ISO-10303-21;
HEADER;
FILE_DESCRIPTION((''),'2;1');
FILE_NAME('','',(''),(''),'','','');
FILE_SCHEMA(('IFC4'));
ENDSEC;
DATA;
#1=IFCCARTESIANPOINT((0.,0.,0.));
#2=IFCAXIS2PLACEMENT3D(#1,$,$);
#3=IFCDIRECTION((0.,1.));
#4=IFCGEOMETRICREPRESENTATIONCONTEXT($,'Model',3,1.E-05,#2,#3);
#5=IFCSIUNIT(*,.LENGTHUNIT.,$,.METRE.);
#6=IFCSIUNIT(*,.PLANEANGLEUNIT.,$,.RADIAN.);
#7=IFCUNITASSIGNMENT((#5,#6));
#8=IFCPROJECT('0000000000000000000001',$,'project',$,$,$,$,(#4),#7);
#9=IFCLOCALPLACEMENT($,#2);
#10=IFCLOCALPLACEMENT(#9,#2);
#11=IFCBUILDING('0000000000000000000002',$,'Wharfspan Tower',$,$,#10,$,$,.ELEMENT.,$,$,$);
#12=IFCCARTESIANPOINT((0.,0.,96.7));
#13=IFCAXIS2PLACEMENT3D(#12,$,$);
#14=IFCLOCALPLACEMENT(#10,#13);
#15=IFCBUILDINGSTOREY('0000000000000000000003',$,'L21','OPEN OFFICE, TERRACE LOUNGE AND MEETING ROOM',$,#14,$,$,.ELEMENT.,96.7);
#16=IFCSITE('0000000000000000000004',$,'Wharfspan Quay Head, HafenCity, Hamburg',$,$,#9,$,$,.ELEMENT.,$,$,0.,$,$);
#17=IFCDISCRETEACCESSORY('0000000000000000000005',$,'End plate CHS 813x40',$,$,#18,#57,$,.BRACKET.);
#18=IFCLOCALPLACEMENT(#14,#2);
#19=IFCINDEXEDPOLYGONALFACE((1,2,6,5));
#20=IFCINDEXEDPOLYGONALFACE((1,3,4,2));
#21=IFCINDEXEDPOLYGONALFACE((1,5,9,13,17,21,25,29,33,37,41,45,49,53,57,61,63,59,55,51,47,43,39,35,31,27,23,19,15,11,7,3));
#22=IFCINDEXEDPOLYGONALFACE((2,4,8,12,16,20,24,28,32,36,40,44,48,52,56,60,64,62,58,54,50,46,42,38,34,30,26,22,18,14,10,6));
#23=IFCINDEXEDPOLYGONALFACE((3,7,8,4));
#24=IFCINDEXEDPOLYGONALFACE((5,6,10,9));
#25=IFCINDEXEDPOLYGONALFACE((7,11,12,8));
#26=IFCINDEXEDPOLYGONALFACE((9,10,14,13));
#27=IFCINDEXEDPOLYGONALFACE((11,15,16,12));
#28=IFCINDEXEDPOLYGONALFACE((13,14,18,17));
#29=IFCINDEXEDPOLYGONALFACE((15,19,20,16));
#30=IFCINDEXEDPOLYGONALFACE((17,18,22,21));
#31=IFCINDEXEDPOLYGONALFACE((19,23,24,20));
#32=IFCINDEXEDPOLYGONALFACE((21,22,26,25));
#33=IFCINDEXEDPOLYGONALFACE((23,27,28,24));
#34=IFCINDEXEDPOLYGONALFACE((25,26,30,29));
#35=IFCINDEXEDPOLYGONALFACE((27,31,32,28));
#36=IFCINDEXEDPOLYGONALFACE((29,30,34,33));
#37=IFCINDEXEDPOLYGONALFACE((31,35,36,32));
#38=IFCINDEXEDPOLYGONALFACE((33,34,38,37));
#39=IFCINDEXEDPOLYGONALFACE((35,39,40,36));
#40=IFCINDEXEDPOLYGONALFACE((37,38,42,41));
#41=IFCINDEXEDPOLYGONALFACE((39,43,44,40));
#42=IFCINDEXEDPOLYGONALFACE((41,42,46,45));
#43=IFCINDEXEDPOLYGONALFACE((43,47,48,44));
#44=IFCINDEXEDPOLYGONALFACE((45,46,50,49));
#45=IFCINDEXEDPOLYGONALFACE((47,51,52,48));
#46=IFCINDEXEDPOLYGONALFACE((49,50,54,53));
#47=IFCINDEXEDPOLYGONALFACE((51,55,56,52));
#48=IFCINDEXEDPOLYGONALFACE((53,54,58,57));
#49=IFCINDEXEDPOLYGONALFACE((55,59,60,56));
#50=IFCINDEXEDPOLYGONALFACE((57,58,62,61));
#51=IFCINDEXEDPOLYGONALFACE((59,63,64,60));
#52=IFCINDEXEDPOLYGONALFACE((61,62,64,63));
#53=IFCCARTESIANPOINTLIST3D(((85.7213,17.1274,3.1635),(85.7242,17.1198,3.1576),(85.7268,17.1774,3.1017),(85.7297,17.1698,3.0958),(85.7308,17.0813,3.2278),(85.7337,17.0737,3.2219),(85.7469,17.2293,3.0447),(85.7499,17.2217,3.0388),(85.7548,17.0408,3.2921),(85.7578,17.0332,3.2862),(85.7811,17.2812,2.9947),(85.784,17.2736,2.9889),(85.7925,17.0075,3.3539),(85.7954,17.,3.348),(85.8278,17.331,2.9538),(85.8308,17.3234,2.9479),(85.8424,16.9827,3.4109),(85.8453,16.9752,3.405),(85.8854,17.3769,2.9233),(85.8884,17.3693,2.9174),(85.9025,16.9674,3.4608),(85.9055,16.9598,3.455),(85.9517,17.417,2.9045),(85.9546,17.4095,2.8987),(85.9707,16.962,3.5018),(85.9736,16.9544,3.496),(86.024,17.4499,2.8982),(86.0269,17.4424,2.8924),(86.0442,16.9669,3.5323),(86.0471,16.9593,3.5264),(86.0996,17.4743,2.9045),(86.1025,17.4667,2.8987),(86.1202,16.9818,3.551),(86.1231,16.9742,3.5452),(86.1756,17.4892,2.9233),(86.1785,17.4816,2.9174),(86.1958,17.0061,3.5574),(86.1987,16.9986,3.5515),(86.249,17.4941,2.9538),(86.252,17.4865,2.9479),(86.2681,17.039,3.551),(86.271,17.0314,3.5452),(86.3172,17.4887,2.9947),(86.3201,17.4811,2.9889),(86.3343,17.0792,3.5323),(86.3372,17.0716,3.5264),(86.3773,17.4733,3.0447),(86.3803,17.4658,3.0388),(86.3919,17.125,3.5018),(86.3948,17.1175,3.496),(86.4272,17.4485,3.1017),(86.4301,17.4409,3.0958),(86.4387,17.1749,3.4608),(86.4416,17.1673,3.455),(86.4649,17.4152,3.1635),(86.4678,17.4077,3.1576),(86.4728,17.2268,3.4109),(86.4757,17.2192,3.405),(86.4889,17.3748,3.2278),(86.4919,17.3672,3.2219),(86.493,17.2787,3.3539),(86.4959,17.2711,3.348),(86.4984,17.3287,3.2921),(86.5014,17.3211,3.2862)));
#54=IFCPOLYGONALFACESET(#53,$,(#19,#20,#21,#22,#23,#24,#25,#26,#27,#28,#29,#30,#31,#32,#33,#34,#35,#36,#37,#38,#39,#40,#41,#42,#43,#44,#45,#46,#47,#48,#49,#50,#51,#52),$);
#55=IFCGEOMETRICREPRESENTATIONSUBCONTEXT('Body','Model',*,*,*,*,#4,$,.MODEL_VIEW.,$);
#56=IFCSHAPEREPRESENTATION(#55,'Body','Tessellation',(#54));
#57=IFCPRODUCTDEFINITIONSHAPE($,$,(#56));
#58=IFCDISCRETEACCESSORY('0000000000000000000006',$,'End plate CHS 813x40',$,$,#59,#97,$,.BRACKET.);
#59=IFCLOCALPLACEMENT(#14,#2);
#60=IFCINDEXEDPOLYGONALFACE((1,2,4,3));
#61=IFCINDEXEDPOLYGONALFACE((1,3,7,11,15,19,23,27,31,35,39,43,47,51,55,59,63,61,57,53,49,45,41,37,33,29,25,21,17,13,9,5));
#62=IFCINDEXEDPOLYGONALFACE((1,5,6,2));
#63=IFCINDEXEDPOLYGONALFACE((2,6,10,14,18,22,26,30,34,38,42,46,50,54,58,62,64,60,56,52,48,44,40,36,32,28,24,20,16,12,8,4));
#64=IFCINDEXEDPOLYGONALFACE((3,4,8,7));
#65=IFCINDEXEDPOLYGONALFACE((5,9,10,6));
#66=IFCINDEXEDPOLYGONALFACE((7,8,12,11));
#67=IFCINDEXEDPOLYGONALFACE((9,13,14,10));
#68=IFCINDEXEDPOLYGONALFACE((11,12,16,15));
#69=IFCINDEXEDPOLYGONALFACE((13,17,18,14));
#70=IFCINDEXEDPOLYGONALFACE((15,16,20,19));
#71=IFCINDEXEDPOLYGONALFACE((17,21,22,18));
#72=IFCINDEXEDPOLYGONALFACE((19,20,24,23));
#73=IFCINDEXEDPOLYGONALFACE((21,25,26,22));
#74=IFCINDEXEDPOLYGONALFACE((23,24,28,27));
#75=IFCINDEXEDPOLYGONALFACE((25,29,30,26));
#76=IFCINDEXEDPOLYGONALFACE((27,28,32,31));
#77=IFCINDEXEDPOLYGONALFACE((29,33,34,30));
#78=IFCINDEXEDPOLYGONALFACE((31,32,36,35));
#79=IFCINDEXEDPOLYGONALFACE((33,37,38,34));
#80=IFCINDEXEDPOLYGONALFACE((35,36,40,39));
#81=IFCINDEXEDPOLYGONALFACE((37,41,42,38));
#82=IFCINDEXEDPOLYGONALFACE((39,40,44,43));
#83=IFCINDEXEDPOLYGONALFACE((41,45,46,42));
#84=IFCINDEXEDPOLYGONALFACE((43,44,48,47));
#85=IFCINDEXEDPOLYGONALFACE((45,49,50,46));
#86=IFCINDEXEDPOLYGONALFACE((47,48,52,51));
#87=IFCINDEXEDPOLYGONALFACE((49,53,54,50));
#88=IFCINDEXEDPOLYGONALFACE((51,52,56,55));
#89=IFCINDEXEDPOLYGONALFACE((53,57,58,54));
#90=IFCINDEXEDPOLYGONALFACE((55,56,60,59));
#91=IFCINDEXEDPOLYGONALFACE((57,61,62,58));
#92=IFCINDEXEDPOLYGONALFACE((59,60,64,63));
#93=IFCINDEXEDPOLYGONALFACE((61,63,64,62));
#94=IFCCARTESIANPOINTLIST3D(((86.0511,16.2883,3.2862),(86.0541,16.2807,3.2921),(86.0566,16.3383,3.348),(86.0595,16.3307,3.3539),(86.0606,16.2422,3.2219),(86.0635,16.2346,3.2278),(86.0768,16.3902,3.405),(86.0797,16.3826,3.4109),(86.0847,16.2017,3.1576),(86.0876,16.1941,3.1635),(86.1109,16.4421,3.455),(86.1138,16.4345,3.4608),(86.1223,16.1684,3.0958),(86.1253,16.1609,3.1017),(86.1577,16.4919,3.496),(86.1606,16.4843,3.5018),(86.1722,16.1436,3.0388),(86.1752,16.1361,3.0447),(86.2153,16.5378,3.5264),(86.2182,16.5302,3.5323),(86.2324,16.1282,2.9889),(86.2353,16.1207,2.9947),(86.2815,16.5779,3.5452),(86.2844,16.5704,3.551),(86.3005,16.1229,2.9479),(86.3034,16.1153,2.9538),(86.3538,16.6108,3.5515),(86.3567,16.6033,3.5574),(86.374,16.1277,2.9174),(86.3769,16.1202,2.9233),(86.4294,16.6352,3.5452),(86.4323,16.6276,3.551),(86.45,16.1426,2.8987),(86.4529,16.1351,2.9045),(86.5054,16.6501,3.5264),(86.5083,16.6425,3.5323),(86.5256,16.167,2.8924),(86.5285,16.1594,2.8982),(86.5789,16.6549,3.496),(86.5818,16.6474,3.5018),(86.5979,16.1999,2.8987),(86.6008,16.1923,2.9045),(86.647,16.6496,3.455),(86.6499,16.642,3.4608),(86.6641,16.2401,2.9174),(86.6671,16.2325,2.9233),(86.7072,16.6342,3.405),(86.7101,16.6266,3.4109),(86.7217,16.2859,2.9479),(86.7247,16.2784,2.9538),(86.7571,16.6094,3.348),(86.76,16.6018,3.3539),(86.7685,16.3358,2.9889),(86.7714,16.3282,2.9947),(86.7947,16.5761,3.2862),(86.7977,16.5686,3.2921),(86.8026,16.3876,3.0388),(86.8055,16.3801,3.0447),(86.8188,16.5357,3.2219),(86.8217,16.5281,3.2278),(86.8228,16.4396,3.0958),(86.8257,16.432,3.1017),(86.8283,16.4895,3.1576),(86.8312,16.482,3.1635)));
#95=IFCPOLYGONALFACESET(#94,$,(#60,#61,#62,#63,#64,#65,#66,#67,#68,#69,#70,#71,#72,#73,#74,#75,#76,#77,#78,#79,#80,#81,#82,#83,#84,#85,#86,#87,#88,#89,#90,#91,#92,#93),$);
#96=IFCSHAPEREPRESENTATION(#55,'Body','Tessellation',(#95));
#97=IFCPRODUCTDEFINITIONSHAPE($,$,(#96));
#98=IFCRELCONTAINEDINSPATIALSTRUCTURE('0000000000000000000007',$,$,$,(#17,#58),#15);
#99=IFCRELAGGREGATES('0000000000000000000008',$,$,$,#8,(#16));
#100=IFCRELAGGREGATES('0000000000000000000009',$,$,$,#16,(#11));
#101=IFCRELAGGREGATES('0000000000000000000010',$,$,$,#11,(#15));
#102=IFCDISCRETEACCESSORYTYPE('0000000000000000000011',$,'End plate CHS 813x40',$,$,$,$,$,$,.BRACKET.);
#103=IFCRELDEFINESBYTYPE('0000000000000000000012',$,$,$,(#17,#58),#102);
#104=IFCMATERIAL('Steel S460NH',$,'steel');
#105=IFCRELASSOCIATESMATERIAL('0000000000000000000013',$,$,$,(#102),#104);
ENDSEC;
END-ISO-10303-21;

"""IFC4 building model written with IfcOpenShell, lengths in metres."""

from ifc_helpers import new_model, si_unit, direction, frame, origin, origin_2d, place, context, subcontext, project, spatial, circle, extrude, material, material_profile, profile_set, type_object, element, save


model = new_model("IFC4")

# Units and contexts
model_context = context("Model", 3, precision=1e-05, world=origin(), true_north=direction((0.0, 1.0)))
body_context = subcontext(model_context, "Body", "Model", "MODEL_VIEW")
ifc_project = project(units=[si_unit("LENGTHUNIT", "METRE"), si_unit("PLANEANGLEUNIT", "RADIAN")], contexts=[model_context])

# Site, building, storey
site_placement = place(None, origin())
site = spatial("IfcSite", under=ifc_project, at=site_placement, Name="Wharfspan Quay Head, HafenCity, Hamburg", CompositionType="ELEMENT", RefElevation=0.0)
building_placement = place(site_placement, origin())
building = spatial("IfcBuilding", under=site, at=building_placement, Name="Wharfspan Tower", CompositionType="ELEMENT")
storey_placement = place(building_placement, frame((0.0, 0.0, 96.7)))
storey = spatial("IfcBuildingStorey", under=building, at=storey_placement, Name="L21", Description="OPEN OFFICE, TERRACE LOUNGE AND MEETING ROOM", CompositionType="ELEMENT", Elevation=96.7)

# Shared definitions
ifc_material_1 = material(Name="Steel S460NH", Category="steel")

# Discrete accessories
ifc_material_profile_1 = material_profile(ifc_material_1, circle(Radius=0.4065, at=origin_2d()))
ifc_profile_set_1 = profile_set([ifc_material_profile_1], Name="Steel S460NH")
discrete_accessory_type = type_object("IfcDiscreteAccessoryType", Name="End plate CHS 813x40", PredefinedType="BRACKET", material=ifc_profile_set_1)
for number, where, z_axis, x_axis, name in (
    (1, (86.1128, 17.2205, 3.2219), (-0.292683, 0.756098, 0.585366), (-0.932565, -0.360992, -0.000001), "End plate CHS 813x40"),
    (2, (86.4397, 16.3889, 3.2219), (0.292683, -0.756098, 0.585366), (0.932565, 0.360992, -0.000001), "End plate CHS 813x40"),
):
    element("IfcDiscreteAccessory", number, at=place(storey_placement, frame(where, z_axis=z_axis, x_axis=x_axis)), inside=storey, type_object=discrete_accessory_type, Name=name, PredefinedType="BRACKET", context=body_context, shape_type="SweptSolid", body=[
        extrude(circle(Radius=0.4065, at=origin_2d()), origin(), (0.0, 0.0, 1.0), 0.01),
    ])

save(model, "model.ifc")
